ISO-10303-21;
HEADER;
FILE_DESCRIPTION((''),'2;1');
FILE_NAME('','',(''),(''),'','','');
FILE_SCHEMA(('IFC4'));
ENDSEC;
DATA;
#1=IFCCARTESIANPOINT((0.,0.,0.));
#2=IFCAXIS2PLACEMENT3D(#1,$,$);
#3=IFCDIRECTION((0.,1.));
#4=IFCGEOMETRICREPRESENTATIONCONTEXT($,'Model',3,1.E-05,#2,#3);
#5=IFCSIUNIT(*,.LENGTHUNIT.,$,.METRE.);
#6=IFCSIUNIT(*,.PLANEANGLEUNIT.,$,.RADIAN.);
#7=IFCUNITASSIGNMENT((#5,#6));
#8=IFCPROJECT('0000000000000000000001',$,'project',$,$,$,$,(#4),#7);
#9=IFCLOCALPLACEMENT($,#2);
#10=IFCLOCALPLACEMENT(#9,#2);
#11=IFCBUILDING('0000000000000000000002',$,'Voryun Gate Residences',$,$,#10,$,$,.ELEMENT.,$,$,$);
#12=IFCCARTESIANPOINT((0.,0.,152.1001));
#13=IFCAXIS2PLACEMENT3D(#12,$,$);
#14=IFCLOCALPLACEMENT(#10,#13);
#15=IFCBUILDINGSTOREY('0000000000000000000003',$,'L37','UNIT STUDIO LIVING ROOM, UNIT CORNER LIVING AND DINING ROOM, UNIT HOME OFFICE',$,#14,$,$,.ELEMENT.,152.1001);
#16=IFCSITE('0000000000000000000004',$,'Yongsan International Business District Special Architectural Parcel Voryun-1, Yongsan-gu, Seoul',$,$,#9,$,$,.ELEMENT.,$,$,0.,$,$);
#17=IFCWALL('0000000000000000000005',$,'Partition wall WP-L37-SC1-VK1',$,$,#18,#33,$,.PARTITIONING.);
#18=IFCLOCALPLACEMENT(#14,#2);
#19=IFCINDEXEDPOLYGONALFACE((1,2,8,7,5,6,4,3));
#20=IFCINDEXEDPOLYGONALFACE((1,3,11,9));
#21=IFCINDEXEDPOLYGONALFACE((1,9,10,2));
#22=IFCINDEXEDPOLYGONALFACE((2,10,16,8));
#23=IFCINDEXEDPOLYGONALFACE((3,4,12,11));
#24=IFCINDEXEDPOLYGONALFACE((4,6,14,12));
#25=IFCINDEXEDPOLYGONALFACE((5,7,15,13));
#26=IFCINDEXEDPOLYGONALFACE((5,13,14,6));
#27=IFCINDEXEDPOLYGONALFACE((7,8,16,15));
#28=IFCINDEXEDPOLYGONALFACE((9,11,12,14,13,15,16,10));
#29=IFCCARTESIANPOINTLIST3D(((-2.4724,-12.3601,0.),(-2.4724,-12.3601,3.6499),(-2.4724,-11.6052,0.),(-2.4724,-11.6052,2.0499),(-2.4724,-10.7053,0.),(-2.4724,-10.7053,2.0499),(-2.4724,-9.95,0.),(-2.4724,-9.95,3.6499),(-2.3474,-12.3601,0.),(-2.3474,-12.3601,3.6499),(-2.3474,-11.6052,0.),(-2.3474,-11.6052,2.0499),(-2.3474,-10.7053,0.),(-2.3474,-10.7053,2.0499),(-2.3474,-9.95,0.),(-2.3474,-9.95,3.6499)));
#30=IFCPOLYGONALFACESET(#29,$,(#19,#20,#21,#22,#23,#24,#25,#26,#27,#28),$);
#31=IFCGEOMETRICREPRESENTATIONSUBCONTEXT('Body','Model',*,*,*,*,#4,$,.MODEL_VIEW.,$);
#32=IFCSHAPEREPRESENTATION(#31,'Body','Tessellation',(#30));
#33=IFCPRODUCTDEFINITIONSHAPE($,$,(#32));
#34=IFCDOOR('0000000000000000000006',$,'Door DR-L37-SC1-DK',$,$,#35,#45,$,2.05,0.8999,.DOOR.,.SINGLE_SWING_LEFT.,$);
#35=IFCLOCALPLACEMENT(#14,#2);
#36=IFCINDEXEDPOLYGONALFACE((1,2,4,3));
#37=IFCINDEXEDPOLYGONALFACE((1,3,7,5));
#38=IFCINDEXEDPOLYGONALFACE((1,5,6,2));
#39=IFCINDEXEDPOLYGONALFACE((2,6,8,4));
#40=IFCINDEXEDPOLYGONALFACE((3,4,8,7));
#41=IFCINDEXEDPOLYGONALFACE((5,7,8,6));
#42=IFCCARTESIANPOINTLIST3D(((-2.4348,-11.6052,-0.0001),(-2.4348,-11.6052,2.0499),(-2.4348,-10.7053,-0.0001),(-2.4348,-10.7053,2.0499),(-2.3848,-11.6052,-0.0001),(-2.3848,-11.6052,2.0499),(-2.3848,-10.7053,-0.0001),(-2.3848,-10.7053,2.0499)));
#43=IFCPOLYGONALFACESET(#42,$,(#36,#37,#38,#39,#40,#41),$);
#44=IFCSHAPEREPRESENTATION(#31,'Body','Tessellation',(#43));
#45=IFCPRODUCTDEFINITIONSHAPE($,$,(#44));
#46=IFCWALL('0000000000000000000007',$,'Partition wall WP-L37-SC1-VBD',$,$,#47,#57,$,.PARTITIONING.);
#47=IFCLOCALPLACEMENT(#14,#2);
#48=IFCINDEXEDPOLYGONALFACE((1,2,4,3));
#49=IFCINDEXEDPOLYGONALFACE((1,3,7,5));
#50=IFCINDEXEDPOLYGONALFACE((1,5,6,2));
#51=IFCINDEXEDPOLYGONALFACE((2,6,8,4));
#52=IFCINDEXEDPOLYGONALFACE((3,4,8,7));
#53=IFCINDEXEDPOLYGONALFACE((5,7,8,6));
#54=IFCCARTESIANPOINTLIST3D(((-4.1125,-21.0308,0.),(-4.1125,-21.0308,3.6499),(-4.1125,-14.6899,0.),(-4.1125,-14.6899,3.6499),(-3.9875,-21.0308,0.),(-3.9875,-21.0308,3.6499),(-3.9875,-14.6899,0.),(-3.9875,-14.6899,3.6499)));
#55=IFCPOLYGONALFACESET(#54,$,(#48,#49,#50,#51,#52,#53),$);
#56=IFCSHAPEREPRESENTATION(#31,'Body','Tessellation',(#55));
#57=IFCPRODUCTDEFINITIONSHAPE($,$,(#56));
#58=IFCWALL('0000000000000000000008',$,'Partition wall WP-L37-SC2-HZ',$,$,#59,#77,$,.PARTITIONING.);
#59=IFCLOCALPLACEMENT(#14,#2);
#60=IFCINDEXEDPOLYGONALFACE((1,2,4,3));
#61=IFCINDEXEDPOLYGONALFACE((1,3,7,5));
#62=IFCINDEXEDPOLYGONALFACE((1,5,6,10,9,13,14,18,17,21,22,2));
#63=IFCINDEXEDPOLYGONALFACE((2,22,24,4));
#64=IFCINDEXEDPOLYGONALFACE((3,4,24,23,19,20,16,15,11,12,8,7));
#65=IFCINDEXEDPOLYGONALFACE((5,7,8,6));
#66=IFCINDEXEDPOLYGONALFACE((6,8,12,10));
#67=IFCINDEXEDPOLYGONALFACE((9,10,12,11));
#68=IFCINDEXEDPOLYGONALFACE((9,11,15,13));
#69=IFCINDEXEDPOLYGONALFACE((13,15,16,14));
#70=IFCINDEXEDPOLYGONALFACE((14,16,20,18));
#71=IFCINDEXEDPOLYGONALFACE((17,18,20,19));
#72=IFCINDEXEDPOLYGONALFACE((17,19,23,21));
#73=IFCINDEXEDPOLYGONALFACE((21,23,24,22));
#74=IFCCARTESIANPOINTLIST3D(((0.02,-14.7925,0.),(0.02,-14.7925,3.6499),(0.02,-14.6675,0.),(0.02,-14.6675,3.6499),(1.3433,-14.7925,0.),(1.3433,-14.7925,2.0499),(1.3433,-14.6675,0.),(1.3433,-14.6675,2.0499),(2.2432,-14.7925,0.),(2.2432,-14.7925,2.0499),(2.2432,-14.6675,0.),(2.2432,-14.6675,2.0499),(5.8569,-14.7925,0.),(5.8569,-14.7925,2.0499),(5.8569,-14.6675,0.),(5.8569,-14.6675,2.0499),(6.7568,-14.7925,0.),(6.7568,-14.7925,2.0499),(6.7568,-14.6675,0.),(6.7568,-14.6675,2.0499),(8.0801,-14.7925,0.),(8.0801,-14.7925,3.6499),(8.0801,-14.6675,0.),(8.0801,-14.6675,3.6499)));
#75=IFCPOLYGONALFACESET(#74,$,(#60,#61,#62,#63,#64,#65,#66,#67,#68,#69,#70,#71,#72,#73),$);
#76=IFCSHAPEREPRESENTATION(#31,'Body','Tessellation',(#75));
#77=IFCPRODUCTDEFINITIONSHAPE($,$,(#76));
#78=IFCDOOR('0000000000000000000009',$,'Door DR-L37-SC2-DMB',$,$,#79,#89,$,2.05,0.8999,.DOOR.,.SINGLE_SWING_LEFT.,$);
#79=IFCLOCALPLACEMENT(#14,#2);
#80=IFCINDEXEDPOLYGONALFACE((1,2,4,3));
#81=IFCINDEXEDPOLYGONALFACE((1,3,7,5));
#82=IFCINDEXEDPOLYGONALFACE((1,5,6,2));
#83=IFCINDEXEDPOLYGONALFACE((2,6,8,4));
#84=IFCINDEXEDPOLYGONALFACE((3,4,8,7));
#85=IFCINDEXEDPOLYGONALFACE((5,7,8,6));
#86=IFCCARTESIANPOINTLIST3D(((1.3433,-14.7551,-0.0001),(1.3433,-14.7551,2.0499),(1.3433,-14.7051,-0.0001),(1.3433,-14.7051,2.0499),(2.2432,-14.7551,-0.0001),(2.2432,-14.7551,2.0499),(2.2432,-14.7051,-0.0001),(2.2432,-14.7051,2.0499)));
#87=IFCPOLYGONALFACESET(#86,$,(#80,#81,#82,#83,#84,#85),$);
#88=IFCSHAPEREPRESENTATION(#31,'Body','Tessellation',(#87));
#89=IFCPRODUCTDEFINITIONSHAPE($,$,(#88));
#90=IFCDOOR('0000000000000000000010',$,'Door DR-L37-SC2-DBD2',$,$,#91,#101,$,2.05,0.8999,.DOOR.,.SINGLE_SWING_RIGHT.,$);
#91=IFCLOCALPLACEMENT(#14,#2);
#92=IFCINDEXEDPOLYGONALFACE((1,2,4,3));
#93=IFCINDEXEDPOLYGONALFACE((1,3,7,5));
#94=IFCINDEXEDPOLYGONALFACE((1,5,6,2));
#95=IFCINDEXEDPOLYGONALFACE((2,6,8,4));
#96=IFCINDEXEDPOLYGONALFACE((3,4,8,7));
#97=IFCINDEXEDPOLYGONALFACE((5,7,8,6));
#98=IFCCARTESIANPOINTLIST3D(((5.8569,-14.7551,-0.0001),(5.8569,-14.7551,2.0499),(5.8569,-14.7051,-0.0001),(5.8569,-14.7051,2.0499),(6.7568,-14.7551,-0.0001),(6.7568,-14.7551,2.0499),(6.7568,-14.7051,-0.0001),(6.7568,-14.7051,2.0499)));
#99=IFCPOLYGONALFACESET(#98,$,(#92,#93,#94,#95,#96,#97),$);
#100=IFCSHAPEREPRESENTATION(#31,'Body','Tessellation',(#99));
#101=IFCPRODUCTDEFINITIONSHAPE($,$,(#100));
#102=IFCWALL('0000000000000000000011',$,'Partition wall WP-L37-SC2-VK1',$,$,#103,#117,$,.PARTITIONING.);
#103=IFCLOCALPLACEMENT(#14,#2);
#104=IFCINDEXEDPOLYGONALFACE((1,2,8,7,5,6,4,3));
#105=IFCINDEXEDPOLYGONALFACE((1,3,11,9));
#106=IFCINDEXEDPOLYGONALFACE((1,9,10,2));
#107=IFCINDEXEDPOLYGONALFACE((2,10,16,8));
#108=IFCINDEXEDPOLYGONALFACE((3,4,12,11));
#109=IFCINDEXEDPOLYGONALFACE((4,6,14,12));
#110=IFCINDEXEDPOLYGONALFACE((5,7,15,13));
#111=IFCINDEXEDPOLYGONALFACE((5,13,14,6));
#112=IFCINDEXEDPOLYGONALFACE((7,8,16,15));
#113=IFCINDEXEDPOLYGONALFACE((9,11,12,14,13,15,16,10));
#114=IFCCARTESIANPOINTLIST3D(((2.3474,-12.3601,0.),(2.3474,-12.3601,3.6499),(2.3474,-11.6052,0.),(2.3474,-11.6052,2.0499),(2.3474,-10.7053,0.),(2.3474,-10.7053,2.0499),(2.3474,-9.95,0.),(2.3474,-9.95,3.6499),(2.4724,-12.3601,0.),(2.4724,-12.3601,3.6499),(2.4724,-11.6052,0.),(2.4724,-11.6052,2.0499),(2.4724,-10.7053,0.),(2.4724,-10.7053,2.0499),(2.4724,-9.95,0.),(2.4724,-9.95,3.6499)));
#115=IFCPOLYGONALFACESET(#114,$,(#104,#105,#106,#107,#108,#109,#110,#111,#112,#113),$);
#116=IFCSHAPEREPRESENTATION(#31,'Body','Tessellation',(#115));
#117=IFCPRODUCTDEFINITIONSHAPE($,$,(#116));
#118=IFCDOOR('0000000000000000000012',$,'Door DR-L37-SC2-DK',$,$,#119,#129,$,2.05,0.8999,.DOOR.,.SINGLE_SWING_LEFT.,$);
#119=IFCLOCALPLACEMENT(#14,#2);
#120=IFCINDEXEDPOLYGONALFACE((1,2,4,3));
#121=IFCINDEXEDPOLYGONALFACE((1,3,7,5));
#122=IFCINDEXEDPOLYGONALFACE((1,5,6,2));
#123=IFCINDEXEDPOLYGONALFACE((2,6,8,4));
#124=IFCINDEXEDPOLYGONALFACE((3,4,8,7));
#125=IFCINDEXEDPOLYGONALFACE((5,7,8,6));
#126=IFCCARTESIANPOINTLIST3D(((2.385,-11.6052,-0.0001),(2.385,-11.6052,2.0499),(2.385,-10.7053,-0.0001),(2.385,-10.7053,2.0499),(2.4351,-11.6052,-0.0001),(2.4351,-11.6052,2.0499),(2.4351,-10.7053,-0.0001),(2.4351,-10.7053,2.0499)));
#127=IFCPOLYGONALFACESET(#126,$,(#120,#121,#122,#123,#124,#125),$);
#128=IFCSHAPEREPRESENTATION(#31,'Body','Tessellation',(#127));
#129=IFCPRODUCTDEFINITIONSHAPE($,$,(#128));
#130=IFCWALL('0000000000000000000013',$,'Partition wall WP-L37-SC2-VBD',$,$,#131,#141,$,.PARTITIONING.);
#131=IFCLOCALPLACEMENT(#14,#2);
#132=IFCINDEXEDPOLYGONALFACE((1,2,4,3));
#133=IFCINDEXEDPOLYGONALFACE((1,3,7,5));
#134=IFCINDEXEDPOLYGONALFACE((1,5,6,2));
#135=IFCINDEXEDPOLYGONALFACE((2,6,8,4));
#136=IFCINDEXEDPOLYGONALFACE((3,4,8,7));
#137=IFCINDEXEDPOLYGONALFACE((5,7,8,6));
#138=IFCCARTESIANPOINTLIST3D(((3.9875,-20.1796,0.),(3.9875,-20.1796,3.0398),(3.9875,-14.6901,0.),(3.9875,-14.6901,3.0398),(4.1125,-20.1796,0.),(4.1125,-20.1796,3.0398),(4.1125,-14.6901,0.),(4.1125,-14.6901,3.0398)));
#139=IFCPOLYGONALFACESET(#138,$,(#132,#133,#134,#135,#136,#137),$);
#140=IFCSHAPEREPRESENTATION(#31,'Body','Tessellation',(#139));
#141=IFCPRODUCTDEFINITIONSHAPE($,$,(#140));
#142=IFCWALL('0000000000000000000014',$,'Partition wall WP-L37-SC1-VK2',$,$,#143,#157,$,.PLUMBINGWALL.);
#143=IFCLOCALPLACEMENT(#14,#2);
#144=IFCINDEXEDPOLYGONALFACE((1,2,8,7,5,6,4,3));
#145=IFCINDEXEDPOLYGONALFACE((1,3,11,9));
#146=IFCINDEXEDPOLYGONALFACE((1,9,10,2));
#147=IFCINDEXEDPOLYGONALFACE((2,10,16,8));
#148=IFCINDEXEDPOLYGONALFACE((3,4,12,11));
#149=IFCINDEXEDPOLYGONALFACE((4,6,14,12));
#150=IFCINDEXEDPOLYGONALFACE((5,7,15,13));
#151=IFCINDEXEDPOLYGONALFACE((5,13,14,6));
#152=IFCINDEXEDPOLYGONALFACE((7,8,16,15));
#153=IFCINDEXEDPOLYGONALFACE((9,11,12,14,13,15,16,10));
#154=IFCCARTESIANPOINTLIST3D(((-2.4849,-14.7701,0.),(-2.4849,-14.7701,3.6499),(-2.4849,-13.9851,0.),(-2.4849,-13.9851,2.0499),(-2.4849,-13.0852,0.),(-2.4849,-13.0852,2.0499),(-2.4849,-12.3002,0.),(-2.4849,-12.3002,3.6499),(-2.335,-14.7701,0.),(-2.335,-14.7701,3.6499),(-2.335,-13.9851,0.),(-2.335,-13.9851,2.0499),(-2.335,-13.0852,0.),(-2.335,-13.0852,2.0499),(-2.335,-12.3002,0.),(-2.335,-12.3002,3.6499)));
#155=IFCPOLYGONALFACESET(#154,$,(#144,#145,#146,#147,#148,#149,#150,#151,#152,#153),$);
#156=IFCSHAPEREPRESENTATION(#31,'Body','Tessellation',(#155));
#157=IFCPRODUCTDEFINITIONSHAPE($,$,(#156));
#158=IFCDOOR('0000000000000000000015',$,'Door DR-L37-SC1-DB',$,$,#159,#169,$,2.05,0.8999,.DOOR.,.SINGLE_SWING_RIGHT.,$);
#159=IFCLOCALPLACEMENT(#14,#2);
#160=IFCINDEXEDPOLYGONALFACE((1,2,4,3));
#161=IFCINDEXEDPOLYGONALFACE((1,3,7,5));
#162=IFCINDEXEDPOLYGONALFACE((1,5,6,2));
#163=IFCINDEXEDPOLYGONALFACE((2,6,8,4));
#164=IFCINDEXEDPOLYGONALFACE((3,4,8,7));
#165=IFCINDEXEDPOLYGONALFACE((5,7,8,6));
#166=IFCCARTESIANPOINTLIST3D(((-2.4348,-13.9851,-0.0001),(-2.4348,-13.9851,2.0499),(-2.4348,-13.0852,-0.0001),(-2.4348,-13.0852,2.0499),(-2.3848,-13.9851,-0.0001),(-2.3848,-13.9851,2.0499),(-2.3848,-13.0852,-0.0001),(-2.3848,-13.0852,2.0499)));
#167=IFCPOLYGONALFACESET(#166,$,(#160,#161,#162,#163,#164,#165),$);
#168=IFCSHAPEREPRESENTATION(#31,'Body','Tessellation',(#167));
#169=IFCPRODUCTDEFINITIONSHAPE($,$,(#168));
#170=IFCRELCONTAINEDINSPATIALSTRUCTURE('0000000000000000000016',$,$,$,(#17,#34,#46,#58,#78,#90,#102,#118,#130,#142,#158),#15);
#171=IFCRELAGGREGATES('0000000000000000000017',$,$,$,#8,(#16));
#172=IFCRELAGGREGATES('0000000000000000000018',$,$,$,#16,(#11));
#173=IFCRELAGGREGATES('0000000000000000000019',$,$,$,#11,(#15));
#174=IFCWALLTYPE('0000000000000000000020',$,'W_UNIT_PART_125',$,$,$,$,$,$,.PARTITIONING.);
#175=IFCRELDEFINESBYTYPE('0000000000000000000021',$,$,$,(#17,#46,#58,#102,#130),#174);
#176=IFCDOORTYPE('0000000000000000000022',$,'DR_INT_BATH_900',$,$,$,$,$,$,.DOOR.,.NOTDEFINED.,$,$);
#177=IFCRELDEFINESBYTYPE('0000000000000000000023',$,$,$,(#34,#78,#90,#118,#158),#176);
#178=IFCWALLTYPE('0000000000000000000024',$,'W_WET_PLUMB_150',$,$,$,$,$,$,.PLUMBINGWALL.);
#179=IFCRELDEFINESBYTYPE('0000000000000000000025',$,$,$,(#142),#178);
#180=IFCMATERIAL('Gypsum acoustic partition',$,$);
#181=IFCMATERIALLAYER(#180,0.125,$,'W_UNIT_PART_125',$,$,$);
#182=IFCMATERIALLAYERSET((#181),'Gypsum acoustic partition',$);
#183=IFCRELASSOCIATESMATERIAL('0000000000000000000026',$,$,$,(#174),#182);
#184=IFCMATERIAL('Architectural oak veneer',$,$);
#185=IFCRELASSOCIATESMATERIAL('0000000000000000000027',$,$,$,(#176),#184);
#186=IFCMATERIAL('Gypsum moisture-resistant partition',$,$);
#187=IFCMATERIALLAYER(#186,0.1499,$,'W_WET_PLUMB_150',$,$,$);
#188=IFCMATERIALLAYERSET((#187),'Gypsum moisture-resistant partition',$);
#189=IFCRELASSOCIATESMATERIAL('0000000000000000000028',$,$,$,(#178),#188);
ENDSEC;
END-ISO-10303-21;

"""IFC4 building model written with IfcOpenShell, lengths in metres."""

from ifc_helpers import new_model, si_unit, direction, frame, frame_2d, origin, place, context, subcontext, project, spatial, rectangle, extrude, material, layer, layer_set, type_object, element, fill, save


model = new_model("IFC4")

# Units and contexts
model_context = context("Model", 3, precision=1e-05, world=origin(), true_north=direction((0.0, 1.0)))
body_context = subcontext(model_context, "Body", "Model", "MODEL_VIEW")
ifc_project = project(units=[si_unit("LENGTHUNIT", "METRE"), si_unit("PLANEANGLEUNIT", "RADIAN")], contexts=[model_context])

# Site, building, storey
site_placement = place(None, origin())
site = spatial("IfcSite", under=ifc_project, at=site_placement, Name="Yongsan International Business District Special Architectural Parcel Voryun-1, Yongsan-gu, Seoul", CompositionType="ELEMENT", RefElevation=0.0)
building_placement = place(site_placement, origin())
building = spatial("IfcBuilding", under=site, at=building_placement, Name="Voryun Gate Residences", CompositionType="ELEMENT")
storey_placement = place(building_placement, frame((0.0, 0.0, 152.1001)))
storey = spatial("IfcBuildingStorey", under=building, at=storey_placement, Name="L37", Description="UNIT STUDIO LIVING ROOM, UNIT CORNER LIVING AND DINING ROOM, UNIT HOME OFFICE", CompositionType="ELEMENT", Elevation=152.1001)

# Wall, opening, door
ifc_material_1 = material(Name="Gypsum acoustic partition")
ifc_layer_1 = layer(ifc_material_1, 0.125, Name="W_UNIT_PART_125")
ifc_layer_set_1 = layer_set([ifc_layer_1], Name="Gypsum acoustic partition")
wall_type_1 = type_object("IfcWallType", Name="W_UNIT_PART_125", PredefinedType="PARTITIONING", material=ifc_layer_set_1)
wall_1_placement = place(storey_placement, frame((-2.4099, -12.3601, 0.0), z_axis=(0.0, 0.0, 1.0), x_axis=(0.0, 1.0, 0.0)))
wall_1 = element("IfcWall", 1, at=wall_1_placement, inside=storey, type_object=wall_type_1, Name="Partition wall WP-L37-SC1-VK1", PredefinedType="PARTITIONING", context=body_context, shape_type="SweptSolid", body=[
    extrude(rectangle(XDim=2.4102, YDim=0.125, at=frame_2d((1.2051, 0.0))), origin(), (0.0, 0.0, 1.0), 3.6499),
])
opening_1_placement = place(wall_1_placement, frame((0.7549, 0.0, 0.0)))
opening_1 = element("IfcOpeningElement", 2, at=opening_1_placement, cuts=wall_1, PredefinedType="OPENING", context=body_context, shape_type="SweptSolid", body=[
    extrude(rectangle(XDim=0.8999, YDim=2.05, at=frame_2d((0.45, 1.0249))), frame((0.0, 0.0725, 0.0), z_axis=(0.0, -1.0, 0.0), x_axis=(1.0, 0.0, 0.0)), (0.0, 0.0, 1.0), 0.145),
])
ifc_material_2 = material(Name="Architectural oak veneer")
door_type_1 = type_object("IfcDoorType", Name="DR_INT_BATH_900", OperationType="NOTDEFINED", PredefinedType="DOOR", material=ifc_material_2)
door_1_placement = place(opening_1_placement, origin())
door_1 = element("IfcDoor", 3, at=door_1_placement, inside=storey, type_object=door_type_1, Name="Door DR-L37-SC1-DK", OperationType="SINGLE_SWING_LEFT", OverallHeight=2.05, OverallWidth=0.8999, PredefinedType="DOOR", context=body_context, shape_type="SweptSolid", body=[
    extrude(rectangle(XDim=0.8999, YDim=2.05, at=frame_2d((0.45, 1.0249))), frame((0.0, 0.0249, 0.0), z_axis=(0.0, -1.0, 0.0), x_axis=(1.0, 0.0, 0.0)), (0.0, 0.0, 1.0), 0.05),
])
fill(opening_1, door_1)

# Wall
wall_2_placement = place(storey_placement, frame((-4.05, -21.0308, 0.0), z_axis=(0.0, 0.0, 1.0), x_axis=(0.0, 1.0, 0.0)))
element("IfcWall", 4, at=wall_2_placement, inside=storey, type_object=wall_type_1, Name="Partition wall WP-L37-SC1-VBD", PredefinedType="PARTITIONING", context=body_context, shape_type="SweptSolid", body=[
    extrude(rectangle(XDim=6.3408, YDim=0.125, at=frame_2d((3.1704, 0.0))), origin(), (0.0, 0.0, 1.0), 3.6499),
])

# Wall, openings, doors
wall_3_placement = place(storey_placement, frame((0.02, -14.73, 0.0), z_axis=(0.0, 0.0, 1.0), x_axis=(1.0, 0.0, 0.0)))
wall_3 = element("IfcWall", 5, at=wall_3_placement, inside=storey, type_object=wall_type_1, Name="Partition wall WP-L37-SC2-HZ", PredefinedType="PARTITIONING", context=body_context, shape_type="SweptSolid", body=[
    extrude(rectangle(XDim=8.0601, YDim=0.125, at=frame_2d((4.03, 0.0))), origin(), (0.0, 0.0, 1.0), 3.6499),
])
opening_2_placement = place(wall_3_placement, frame((1.3232, 0.0, 0.0)))
opening_2 = element("IfcOpeningElement", 6, at=opening_2_placement, cuts=wall_3, PredefinedType="OPENING", context=body_context, shape_type="SweptSolid", body=[
    extrude(rectangle(XDim=0.8999, YDim=2.05, at=frame_2d((0.45, 1.0249))), frame((0.0, 0.0725, 0.0), z_axis=(0.0, -1.0, 0.0), x_axis=(1.0, 0.0, 0.0)), (0.0, 0.0, 1.0), 0.145),
])
opening_3_placement = place(wall_3_placement, frame((5.8369, 0.0, 0.0)))
opening_3 = element("IfcOpeningElement", 7, at=opening_3_placement, cuts=wall_3, PredefinedType="OPENING", context=body_context, shape_type="SweptSolid", body=[
    extrude(rectangle(XDim=0.8999, YDim=2.05, at=frame_2d((0.45, 1.0249))), frame((0.0, 0.0725, 0.0), z_axis=(0.0, -1.0, 0.0), x_axis=(1.0, 0.0, 0.0)), (0.0, 0.0, 1.0), 0.145),
])
door_2_placement = place(opening_2_placement, origin())
door_2 = element("IfcDoor", 8, at=door_2_placement, inside=storey, type_object=door_type_1, Name="Door DR-L37-SC2-DMB", OperationType="SINGLE_SWING_LEFT", OverallHeight=2.05, OverallWidth=0.8999, PredefinedType="DOOR", context=body_context, shape_type="SweptSolid", body=[
    extrude(rectangle(XDim=0.8999, YDim=2.05, at=frame_2d((0.45, 1.0249))), frame((0.0, 0.0249, 0.0), z_axis=(0.0, -1.0, 0.0), x_axis=(1.0, 0.0, 0.0)), (0.0, 0.0, 1.0), 0.05),
])
fill(opening_2, door_2)
door_3_placement = place(opening_3_placement, origin())
door_3 = element("IfcDoor", 9, at=door_3_placement, inside=storey, type_object=door_type_1, Name="Door DR-L37-SC2-DBD2", OperationType="SINGLE_SWING_RIGHT", OverallHeight=2.05, OverallWidth=0.8999, PredefinedType="DOOR", context=body_context, shape_type="SweptSolid", body=[
    extrude(rectangle(XDim=0.8999, YDim=2.05, at=frame_2d((0.45, 1.0249))), frame((0.0, 0.0249, 0.0), z_axis=(0.0, -1.0, 0.0), x_axis=(1.0, 0.0, 0.0)), (0.0, 0.0, 1.0), 0.05),
])
fill(opening_3, door_3)

# Wall, opening, door
wall_4_placement = place(storey_placement, frame((2.4099, -12.3601, 0.0), z_axis=(0.0, 0.0, 1.0), x_axis=(0.0, 1.0, 0.0)))
wall_4 = element("IfcWall", 10, at=wall_4_placement, inside=storey, type_object=wall_type_1, Name="Partition wall WP-L37-SC2-VK1", PredefinedType="PARTITIONING", context=body_context, shape_type="SweptSolid", body=[
    extrude(rectangle(XDim=2.4102, YDim=0.125, at=frame_2d((1.2051, 0.0))), origin(), (0.0, 0.0, 1.0), 3.6499),
])
opening_4_placement = place(wall_4_placement, frame((0.7549, 0.0, 0.0)))
opening_4 = element("IfcOpeningElement", 11, at=opening_4_placement, cuts=wall_4, PredefinedType="OPENING", context=body_context, shape_type="SweptSolid", body=[
    extrude(rectangle(XDim=0.8999, YDim=2.05, at=frame_2d((0.45, 1.0249))), frame((0.0, 0.0725, 0.0), z_axis=(0.0, -1.0, 0.0), x_axis=(1.0, 0.0, 0.0)), (0.0, 0.0, 1.0), 0.145),
])
door_4_placement = place(opening_4_placement, origin())
door_4 = element("IfcDoor", 12, at=door_4_placement, inside=storey, type_object=door_type_1, Name="Door DR-L37-SC2-DK", OperationType="SINGLE_SWING_LEFT", OverallHeight=2.05, OverallWidth=0.8999, PredefinedType="DOOR", context=body_context, shape_type="SweptSolid", body=[
    extrude(rectangle(XDim=0.8999, YDim=2.05, at=frame_2d((0.45, 1.0249))), frame((0.0, 0.0249, 0.0), z_axis=(0.0, -1.0, 0.0), x_axis=(1.0, 0.0, 0.0)), (0.0, 0.0, 1.0), 0.05),
])
fill(opening_4, door_4)

# Wall
wall_5_placement = place(storey_placement, frame((4.05, -20.1794, 0.0), z_axis=(0.0, 0.0, 1.0), x_axis=(0.0, 1.0, 0.0)))
element("IfcWall", 13, at=wall_5_placement, inside=storey, type_object=wall_type_1, Name="Partition wall WP-L37-SC2-VBD", PredefinedType="PARTITIONING", context=body_context, shape_type="SweptSolid", body=[
    extrude(rectangle(XDim=5.4895, YDim=0.125, at=frame_2d((2.7446, 0.0))), origin(), (0.0, 0.0, 1.0), 3.0398),
])

# Wall, opening, door
ifc_material_3 = material(Name="Gypsum moisture-resistant partition")
ifc_layer_2 = layer(ifc_material_3, 0.1499, Name="W_WET_PLUMB_150")
ifc_layer_set_2 = layer_set([ifc_layer_2], Name="Gypsum moisture-resistant partition")
wall_type_2 = type_object("IfcWallType", Name="W_WET_PLUMB_150", PredefinedType="PLUMBINGWALL", material=ifc_layer_set_2)
wall_6_placement = place(storey_placement, frame((-2.4099, -14.77, 0.0), z_axis=(0.0, 0.0, 1.0), x_axis=(0.0, 1.0, 0.0)))
wall_6 = element("IfcWall", 14, at=wall_6_placement, inside=storey, type_object=wall_type_2, Name="Partition wall WP-L37-SC1-VK2", PredefinedType="PLUMBINGWALL", context=body_context, shape_type="SweptSolid", body=[
    extrude(rectangle(XDim=2.47, YDim=0.1499, at=frame_2d((1.2349, 0.0))), origin(), (0.0, 0.0, 1.0), 3.6499),
])
opening_5_placement = place(wall_6_placement, frame((0.7849, 0.0, 0.0)))
opening_5 = element("IfcOpeningElement", 15, at=opening_5_placement, cuts=wall_6, PredefinedType="OPENING", context=body_context, shape_type="SweptSolid", body=[
    extrude(rectangle(XDim=0.8999, YDim=2.05, at=frame_2d((0.45, 1.0249))), frame((0.0, 0.085, 0.0), z_axis=(0.0, -1.0, 0.0), x_axis=(1.0, 0.0, 0.0)), (0.0, 0.0, 1.0), 0.1699),
])
door_5_placement = place(opening_5_placement, origin())
door_5 = element("IfcDoor", 16, at=door_5_placement, inside=storey, type_object=door_type_1, Name="Door DR-L37-SC1-DB", OperationType="SINGLE_SWING_RIGHT", OverallHeight=2.05, OverallWidth=0.8999, PredefinedType="DOOR", context=body_context, shape_type="SweptSolid", body=[
    extrude(rectangle(XDim=0.8999, YDim=2.05, at=frame_2d((0.45, 1.0249))), frame((0.0, 0.0249, 0.0), z_axis=(0.0, -1.0, 0.0), x_axis=(1.0, 0.0, 0.0)), (0.0, 0.0, 1.0), 0.05),
])
fill(opening_5, door_5)

save(model, "model.ifc")
